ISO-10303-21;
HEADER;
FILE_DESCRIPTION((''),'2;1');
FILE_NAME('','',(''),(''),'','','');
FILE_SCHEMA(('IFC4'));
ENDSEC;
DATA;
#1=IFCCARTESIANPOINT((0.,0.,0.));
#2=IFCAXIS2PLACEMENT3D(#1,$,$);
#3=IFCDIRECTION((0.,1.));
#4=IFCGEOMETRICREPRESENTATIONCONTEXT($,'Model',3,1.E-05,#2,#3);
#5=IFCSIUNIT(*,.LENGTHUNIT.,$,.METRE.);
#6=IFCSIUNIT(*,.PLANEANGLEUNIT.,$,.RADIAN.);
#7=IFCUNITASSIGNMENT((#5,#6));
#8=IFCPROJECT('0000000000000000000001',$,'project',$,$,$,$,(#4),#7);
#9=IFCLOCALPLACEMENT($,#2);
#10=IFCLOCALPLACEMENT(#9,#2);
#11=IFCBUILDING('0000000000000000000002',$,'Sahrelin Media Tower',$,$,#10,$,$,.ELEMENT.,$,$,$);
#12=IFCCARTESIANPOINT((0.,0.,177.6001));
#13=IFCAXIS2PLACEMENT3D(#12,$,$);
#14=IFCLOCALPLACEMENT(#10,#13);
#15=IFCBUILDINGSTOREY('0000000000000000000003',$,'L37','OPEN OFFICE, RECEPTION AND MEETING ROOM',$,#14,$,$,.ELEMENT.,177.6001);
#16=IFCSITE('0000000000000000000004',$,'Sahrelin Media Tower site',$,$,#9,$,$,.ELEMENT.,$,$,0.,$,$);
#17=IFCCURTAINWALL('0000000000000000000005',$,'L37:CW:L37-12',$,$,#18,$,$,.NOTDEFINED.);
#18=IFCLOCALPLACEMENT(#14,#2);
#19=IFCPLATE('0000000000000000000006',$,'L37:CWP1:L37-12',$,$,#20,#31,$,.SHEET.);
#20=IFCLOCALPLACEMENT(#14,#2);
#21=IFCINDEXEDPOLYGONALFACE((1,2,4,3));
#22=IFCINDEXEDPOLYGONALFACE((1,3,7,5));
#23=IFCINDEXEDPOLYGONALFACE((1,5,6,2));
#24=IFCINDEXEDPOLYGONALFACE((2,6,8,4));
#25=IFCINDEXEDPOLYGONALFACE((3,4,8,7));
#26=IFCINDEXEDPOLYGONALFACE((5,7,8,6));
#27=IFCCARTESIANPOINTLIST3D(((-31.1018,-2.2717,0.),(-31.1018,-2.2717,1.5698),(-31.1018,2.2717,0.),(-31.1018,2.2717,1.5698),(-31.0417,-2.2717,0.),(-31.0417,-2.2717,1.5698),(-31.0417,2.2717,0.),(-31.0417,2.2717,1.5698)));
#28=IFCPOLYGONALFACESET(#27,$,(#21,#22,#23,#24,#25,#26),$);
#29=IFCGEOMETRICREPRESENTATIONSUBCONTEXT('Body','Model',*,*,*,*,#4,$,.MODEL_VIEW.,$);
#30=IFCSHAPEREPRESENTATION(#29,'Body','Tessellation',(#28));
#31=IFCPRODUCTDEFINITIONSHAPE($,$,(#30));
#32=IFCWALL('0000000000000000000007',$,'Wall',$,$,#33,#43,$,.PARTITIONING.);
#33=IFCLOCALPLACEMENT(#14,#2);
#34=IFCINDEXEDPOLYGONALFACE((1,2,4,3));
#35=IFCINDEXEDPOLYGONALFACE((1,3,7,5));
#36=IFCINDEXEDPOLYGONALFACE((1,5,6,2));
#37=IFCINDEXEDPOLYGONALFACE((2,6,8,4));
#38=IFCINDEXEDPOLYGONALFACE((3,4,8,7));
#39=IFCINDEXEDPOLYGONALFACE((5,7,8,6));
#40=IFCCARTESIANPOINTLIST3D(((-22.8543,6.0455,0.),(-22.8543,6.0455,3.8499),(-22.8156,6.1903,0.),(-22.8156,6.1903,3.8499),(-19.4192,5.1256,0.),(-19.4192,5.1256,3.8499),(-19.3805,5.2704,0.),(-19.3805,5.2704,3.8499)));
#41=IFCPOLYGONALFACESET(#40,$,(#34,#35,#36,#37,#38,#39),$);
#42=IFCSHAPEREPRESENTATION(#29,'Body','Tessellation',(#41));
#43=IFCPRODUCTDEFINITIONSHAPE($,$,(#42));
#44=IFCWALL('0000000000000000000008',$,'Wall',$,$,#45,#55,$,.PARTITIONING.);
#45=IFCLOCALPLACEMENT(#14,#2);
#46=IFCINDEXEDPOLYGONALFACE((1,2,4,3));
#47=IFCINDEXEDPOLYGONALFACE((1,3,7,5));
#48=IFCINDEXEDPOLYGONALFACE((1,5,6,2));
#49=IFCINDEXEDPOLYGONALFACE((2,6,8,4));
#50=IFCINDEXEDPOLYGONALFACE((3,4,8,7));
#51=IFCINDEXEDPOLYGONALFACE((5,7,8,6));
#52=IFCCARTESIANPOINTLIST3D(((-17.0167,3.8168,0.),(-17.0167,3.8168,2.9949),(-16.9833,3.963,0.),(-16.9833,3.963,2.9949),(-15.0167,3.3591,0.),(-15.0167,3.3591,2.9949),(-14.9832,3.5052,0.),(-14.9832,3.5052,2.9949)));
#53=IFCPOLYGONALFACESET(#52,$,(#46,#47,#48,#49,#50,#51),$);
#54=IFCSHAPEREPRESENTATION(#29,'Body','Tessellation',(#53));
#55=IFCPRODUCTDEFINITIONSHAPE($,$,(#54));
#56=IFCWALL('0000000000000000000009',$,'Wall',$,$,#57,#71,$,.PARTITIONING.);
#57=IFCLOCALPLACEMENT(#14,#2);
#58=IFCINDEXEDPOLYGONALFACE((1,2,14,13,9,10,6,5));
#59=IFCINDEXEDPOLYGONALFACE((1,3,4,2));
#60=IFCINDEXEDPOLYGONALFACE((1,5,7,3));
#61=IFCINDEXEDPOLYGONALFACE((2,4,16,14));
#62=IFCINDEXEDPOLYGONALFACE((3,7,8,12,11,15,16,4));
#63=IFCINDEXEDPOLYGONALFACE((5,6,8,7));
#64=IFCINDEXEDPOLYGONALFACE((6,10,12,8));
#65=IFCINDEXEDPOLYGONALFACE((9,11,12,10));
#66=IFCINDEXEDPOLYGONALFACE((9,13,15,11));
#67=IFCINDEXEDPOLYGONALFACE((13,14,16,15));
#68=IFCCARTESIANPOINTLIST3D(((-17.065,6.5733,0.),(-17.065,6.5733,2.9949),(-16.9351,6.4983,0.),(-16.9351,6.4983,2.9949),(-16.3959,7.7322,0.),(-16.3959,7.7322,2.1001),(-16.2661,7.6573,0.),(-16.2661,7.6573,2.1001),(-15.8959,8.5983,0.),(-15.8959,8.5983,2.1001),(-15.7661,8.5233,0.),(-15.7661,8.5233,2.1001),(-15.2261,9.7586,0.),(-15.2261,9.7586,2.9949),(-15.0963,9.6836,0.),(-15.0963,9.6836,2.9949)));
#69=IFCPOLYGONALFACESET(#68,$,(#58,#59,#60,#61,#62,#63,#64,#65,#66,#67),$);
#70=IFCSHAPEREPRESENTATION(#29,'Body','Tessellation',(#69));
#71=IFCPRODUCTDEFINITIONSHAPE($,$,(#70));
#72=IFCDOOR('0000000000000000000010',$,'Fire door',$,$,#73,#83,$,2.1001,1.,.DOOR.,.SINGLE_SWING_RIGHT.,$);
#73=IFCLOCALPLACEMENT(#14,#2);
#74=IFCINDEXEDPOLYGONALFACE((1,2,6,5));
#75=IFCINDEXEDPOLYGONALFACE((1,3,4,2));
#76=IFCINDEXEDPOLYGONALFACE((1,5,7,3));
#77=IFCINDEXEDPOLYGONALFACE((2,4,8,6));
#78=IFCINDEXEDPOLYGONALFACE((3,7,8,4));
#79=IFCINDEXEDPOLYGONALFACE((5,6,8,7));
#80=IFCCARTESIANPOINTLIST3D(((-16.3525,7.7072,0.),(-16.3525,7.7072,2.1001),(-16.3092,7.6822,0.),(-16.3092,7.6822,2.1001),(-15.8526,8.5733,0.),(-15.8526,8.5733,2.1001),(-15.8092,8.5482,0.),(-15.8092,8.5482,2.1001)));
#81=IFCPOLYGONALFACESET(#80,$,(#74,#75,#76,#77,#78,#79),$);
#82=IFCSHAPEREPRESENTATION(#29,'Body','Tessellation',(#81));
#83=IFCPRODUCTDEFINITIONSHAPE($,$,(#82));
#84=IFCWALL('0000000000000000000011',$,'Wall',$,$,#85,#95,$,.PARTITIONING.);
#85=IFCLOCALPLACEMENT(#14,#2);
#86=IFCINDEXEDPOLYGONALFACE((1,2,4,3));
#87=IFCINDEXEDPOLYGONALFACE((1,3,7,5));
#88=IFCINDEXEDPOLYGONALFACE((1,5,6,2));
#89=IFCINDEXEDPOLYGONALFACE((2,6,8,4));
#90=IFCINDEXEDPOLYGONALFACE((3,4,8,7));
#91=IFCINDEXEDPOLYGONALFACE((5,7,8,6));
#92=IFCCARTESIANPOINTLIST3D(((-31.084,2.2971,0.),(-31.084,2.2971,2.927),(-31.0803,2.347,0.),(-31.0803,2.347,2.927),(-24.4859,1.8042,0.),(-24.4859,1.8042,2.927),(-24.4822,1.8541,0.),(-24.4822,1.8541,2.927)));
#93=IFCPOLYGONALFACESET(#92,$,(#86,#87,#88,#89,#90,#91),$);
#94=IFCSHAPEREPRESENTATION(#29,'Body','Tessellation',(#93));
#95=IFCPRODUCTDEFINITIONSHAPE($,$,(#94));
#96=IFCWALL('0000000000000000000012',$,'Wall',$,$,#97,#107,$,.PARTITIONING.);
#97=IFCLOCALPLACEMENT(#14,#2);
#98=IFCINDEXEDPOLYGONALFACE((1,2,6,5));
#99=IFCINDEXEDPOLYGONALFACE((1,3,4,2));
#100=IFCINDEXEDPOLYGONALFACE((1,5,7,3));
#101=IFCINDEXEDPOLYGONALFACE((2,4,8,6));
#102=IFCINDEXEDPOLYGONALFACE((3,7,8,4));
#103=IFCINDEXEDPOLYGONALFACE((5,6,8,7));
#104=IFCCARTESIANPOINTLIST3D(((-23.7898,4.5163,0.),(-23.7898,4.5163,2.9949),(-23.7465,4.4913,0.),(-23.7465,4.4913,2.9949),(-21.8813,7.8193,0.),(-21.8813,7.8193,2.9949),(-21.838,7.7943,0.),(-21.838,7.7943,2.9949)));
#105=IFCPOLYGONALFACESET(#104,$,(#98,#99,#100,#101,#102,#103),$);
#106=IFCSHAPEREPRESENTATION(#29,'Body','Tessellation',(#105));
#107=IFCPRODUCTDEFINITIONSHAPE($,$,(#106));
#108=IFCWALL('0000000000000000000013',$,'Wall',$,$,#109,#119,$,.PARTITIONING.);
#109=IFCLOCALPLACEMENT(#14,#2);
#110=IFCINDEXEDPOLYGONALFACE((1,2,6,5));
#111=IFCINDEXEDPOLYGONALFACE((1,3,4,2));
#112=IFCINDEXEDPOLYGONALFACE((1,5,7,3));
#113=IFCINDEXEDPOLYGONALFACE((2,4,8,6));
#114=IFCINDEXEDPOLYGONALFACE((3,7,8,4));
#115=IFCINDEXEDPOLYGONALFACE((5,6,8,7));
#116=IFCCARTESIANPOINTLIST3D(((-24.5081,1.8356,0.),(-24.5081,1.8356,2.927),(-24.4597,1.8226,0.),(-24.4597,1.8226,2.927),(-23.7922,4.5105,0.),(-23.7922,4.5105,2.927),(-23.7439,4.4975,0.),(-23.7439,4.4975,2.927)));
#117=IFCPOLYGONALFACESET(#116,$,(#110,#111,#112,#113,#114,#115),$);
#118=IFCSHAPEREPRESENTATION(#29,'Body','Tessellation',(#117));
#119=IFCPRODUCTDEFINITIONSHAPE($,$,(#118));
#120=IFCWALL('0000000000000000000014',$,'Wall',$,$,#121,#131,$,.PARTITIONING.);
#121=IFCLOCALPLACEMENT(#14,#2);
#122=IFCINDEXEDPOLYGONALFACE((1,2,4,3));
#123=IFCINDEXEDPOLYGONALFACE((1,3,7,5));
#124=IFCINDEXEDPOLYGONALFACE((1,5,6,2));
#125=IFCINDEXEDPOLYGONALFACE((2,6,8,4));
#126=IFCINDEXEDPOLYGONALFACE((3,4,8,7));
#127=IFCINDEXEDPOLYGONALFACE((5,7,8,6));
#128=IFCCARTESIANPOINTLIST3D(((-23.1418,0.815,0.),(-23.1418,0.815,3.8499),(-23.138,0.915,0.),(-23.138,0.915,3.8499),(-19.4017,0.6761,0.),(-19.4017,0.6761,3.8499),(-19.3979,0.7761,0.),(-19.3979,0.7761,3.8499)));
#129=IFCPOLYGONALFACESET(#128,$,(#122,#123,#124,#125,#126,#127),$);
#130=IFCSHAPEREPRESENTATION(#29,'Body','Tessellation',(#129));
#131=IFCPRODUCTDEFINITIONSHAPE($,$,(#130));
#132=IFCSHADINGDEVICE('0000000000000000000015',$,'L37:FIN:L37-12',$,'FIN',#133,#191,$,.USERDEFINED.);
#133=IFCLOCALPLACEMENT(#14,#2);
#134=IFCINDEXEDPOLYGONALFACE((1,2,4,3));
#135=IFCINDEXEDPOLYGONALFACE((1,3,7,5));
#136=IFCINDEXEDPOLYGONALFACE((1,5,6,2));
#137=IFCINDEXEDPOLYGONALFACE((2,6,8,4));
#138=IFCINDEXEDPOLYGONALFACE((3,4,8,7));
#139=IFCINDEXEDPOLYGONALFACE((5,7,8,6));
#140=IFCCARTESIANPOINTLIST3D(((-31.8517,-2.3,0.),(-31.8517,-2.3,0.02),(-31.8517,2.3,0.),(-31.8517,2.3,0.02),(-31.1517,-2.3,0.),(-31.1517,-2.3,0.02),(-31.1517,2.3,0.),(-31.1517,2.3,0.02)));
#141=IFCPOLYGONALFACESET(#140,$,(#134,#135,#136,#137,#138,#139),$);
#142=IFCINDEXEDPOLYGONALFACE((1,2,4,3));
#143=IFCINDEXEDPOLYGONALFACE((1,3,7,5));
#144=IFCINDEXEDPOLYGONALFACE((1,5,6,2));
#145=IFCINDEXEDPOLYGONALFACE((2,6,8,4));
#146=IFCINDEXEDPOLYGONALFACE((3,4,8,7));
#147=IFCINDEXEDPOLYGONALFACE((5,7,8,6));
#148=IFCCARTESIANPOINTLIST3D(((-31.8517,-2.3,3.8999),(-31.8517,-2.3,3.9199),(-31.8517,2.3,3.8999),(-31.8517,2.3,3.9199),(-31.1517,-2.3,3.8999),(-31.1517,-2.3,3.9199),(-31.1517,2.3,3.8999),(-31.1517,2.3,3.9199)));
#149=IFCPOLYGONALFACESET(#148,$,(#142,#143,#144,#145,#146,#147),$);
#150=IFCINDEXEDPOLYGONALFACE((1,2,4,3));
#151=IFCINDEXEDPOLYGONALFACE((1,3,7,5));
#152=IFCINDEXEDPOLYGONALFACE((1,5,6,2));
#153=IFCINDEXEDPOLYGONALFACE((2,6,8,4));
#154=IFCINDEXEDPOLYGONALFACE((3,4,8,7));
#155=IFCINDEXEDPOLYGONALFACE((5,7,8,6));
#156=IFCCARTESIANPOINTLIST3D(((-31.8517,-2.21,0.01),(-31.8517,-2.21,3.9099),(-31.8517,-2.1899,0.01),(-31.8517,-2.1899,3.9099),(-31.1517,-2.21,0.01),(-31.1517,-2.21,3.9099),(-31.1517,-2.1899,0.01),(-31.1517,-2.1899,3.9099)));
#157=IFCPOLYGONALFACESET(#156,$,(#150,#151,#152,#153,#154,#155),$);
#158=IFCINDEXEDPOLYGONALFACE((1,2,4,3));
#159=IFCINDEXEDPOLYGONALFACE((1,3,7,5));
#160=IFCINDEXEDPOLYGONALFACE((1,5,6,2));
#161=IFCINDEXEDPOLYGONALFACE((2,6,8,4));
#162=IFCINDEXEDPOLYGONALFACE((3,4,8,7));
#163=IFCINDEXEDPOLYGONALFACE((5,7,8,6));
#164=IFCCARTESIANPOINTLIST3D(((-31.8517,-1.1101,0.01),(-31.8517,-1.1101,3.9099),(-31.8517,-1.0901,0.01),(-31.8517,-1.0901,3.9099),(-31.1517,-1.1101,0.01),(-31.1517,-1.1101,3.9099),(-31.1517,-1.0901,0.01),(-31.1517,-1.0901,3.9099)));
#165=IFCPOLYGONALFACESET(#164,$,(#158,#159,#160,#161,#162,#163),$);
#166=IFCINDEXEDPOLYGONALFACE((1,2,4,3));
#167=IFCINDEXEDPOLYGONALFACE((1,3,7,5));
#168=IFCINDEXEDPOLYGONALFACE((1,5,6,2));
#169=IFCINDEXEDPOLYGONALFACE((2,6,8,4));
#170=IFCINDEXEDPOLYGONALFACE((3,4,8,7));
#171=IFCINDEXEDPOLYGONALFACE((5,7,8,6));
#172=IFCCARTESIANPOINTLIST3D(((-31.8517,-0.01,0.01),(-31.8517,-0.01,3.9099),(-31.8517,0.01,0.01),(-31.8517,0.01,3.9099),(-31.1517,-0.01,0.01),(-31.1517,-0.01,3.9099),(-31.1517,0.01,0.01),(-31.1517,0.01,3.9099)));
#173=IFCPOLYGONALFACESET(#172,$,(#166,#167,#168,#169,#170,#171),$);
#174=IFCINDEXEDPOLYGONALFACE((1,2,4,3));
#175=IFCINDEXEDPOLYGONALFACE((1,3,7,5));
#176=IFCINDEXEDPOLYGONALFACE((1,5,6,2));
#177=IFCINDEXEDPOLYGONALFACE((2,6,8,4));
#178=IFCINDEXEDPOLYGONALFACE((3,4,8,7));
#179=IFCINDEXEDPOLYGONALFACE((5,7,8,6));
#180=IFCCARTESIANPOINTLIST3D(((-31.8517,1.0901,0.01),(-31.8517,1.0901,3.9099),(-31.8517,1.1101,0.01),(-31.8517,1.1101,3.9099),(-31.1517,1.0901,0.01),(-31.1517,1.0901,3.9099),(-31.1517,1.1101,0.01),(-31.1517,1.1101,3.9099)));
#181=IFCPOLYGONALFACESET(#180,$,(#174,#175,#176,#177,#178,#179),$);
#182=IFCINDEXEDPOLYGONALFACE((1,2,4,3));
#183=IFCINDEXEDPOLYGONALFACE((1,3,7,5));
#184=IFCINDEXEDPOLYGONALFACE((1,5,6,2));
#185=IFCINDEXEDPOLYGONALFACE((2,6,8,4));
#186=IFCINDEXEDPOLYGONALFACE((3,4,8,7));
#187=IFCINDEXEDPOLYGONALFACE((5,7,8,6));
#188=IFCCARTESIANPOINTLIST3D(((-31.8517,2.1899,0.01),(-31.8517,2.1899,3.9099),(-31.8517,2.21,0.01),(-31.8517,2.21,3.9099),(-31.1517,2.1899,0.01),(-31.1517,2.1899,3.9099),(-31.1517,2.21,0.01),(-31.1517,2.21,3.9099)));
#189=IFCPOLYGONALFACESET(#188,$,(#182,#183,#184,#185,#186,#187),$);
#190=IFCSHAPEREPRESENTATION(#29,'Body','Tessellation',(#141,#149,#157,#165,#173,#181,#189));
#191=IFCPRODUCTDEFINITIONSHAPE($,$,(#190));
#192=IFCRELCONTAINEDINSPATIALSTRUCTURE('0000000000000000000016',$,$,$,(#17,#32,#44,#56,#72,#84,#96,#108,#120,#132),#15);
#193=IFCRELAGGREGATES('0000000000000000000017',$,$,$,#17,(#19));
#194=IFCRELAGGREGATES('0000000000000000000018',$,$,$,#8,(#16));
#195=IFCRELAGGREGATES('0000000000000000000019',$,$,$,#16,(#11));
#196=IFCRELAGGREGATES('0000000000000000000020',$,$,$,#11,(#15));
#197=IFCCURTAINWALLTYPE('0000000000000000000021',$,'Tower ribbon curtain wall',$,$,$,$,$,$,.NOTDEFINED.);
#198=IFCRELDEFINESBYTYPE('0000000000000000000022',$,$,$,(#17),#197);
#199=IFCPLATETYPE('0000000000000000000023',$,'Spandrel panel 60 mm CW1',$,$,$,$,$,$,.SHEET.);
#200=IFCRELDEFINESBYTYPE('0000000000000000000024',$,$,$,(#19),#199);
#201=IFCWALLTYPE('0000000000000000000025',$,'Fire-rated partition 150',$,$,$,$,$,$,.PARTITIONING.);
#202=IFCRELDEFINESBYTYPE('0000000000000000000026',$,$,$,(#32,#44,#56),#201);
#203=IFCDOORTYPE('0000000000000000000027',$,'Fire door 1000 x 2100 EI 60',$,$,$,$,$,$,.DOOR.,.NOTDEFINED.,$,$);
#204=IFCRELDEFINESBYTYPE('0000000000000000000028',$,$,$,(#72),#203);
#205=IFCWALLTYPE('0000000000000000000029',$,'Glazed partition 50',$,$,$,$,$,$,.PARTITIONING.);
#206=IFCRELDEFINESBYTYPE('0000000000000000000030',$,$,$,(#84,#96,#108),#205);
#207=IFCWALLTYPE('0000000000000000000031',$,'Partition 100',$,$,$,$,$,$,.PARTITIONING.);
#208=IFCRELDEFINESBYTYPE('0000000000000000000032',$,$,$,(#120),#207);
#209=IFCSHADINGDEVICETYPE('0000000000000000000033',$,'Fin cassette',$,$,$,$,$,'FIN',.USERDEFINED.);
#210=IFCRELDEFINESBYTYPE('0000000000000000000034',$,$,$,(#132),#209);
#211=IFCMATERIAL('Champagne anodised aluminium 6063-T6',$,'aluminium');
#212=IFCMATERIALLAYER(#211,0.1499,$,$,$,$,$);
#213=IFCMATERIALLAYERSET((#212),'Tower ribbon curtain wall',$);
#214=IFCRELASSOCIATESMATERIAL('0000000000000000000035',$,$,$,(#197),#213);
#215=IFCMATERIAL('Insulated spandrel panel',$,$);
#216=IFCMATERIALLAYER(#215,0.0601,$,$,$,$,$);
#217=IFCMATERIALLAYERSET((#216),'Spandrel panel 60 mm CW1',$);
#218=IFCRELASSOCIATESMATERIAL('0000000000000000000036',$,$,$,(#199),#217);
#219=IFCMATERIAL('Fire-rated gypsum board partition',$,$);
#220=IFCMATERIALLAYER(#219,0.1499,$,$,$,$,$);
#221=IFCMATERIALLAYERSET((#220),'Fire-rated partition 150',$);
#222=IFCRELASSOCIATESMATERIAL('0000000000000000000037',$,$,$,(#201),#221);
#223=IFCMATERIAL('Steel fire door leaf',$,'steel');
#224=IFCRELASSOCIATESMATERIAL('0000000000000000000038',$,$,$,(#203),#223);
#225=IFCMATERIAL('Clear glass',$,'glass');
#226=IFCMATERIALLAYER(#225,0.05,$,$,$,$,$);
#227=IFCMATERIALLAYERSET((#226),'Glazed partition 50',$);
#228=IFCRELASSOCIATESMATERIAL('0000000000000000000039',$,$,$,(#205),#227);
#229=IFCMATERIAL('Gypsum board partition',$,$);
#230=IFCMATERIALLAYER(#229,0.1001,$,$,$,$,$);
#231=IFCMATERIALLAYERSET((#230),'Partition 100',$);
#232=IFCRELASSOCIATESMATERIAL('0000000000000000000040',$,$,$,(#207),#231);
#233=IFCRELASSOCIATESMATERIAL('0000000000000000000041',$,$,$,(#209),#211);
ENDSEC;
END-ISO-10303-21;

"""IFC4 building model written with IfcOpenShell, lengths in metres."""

from ifc_helpers import new_model, si_unit, direction, frame, frame_2d, origin, origin_2d, place, context, subcontext, project, spatial, polyline, rectangle, outline, extrude, material, layer, layer_set, type_object, element, fill, aggregate, save


model = new_model("IFC4")

# Units and contexts
model_context = context("Model", 3, precision=1e-05, world=origin(), true_north=direction((0.0, 1.0)))
body_context = subcontext(model_context, "Body", "Model", "MODEL_VIEW")
ifc_project = project(units=[si_unit("LENGTHUNIT", "METRE"), si_unit("PLANEANGLEUNIT", "RADIAN")], contexts=[model_context])

# Site, building, storey
site_placement = place(None, origin())
site = spatial("IfcSite", under=ifc_project, at=site_placement, Name="Sahrelin Media Tower site", CompositionType="ELEMENT", RefElevation=0.0)
building_placement = place(site_placement, origin())
building = spatial("IfcBuilding", under=site, at=building_placement, Name="Sahrelin Media Tower", CompositionType="ELEMENT")
storey_placement = place(building_placement, frame((0.0, 0.0, 177.6001)))
storey = spatial("IfcBuildingStorey", under=building, at=storey_placement, Name="L37", Description="OPEN OFFICE, RECEPTION AND MEETING ROOM", CompositionType="ELEMENT", Elevation=177.6001)

# Curtain wall
ifc_material_1 = material(Name="Champagne anodised aluminium 6063-T6", Category="aluminium")
ifc_layer_1 = layer(ifc_material_1, 0.1499)
ifc_layer_set_1 = layer_set([ifc_layer_1], Name="Tower ribbon curtain wall")
curtain_wall_type = type_object("IfcCurtainWallType", Name="Tower ribbon curtain wall", PredefinedType="NOTDEFINED", material=ifc_layer_set_1)
curtain_wall_placement = place(storey_placement, frame((-31.0818, 0.0, 0.0), z_axis=(0.0, 0.0, 1.0), x_axis=(1.0, 0.0, 0.0)))
curtain_wall = element("IfcCurtainWall", 1, at=curtain_wall_placement, inside=storey, type_object=curtain_wall_type, Name="L37:CW:L37-12", PredefinedType="NOTDEFINED")

# Plate
ifc_material_2 = material(Name="Insulated spandrel panel")
ifc_layer_2 = layer(ifc_material_2, 0.0601)
ifc_layer_set_2 = layer_set([ifc_layer_2], Name="Spandrel panel 60 mm CW1")
plate_type_1 = type_object("IfcPlateType", Name="Spandrel panel 60 mm CW1", PredefinedType="SHEET", material=ifc_layer_set_2)
plate_1_placement = place(storey_placement, frame((-31.1018, 2.2717, 0.0), z_axis=(-1.0, 0.0, 0.0), x_axis=(0.0, -1.0, 0.0)))
plate_1 = element("IfcPlate", 2, at=plate_1_placement, type_object=plate_type_1, Name="L37:CWP1:L37-12", PredefinedType="SHEET", context=body_context, shape_type="SweptSolid", body=[
    extrude(outline(polyline([(0.0, 0.0), (4.5435, 0.0), (4.5435, 1.5698), (0.0, 1.5698), (0.0, 0.0)])), origin(), (0.0, 0.0, -1.0), 0.0601),
])
aggregate(curtain_wall, [plate_1])

# Walls
ifc_material_3 = material(Name="Fire-rated gypsum board partition")
ifc_layer_3 = layer(ifc_material_3, 0.1499)
ifc_layer_set_3 = layer_set([ifc_layer_3], Name="Fire-rated partition 150")
wall_type_1 = type_object("IfcWallType", Name="Fire-rated partition 150", PredefinedType="PARTITIONING", material=ifc_layer_set_3)
wall_1_placement = place(storey_placement, frame((-22.835, 6.1179, 0.0), z_axis=(0.0, 0.0, 1.0), x_axis=(0.965961, -0.258688, 0.0)))
element("IfcWall", 3, at=wall_1_placement, inside=storey, type_object=wall_type_1, Name="Wall", PredefinedType="PARTITIONING", context=body_context, shape_type="SweptSolid", body=[
    extrude(rectangle(XDim=3.5562, YDim=0.1499, at=frame_2d((1.7781, 0.0))), origin(), (0.0, 0.0, 1.0), 3.8499),
])
wall_2_placement = place(storey_placement, frame((-17.0, 3.8899, 0.0), z_axis=(0.0, 0.0, 1.0), x_axis=(0.974793, -0.223112, 0.0)))
element("IfcWall", 4, at=wall_2_placement, inside=storey, type_object=wall_type_1, Name="Wall", PredefinedType="PARTITIONING", context=body_context, shape_type="SweptSolid", body=[
    extrude(rectangle(XDim=2.0518, YDim=0.1499, at=frame_2d((1.0259, 0.0))), origin(), (0.0, 0.0, 1.0), 2.9949),
])

# Wall, opening, door
wall_3_placement = place(storey_placement, frame((-17.0, 6.5359, 0.0), z_axis=(0.0, 0.0, 1.0), x_axis=(0.499966, 0.866045, 0.0)))
wall_3 = element("IfcWall", 5, at=wall_3_placement, inside=storey, type_object=wall_type_1, Name="Wall", PredefinedType="PARTITIONING", context=body_context, shape_type="SweptSolid", body=[
    extrude(rectangle(XDim=3.678, YDim=0.1499, at=frame_2d((1.8389, 0.0))), origin(), (0.0, 0.0, 1.0), 2.9949),
])
opening_placement = place(wall_3_placement, frame((1.3381, 0.0, 0.0)))
opening = element("IfcOpeningElement", 6, at=opening_placement, cuts=wall_3, PredefinedType="OPENING", context=body_context, shape_type="SweptSolid", body=[
    extrude(rectangle(XDim=1.0, YDim=2.1001, at=frame_2d((0.5, 1.05))), frame((0.0, 0.075, 0.0), z_axis=(0.0, -1.0, 0.0), x_axis=(1.0, 0.0, 0.0)), (0.0, 0.0, 1.0), 0.1499),
])
ifc_material_4 = material(Name="Steel fire door leaf", Category="steel")
door_type = type_object("IfcDoorType", Name="Fire door 1000 x 2100 EI 60", OperationType="NOTDEFINED", PredefinedType="DOOR", material=ifc_material_4)
door_placement = place(opening_placement, origin())
door = element("IfcDoor", 7, at=door_placement, inside=storey, type_object=door_type, Name="Fire door", OperationType="SINGLE_SWING_RIGHT", OverallHeight=2.1001, OverallWidth=1.0, PredefinedType="DOOR", context=body_context, shape_type="SweptSolid", body=[
    extrude(rectangle(XDim=1.0, YDim=2.1001, at=frame_2d((0.5, 1.05))), frame((0.0, 0.0249, 0.0), z_axis=(0.0, -1.0, 0.0), x_axis=(1.0, 0.0, 0.0)), (0.0, 0.0, 1.0), 0.05),
])
fill(opening, door)

# Walls
ifc_material_5 = material(Name="Clear glass", Category="glass")
ifc_layer_4 = layer(ifc_material_5, 0.05)
ifc_layer_set_4 = layer_set([ifc_layer_4], Name="Glazed partition 50")
wall_type_2 = type_object("IfcWallType", Name="Glazed partition 50", PredefinedType="PARTITIONING", material=ifc_layer_set_4)
wall_4_placement = place(storey_placement, frame((-31.082, 2.322, 0.0), z_axis=(0.0, 0.0, 1.0), x_axis=(0.997221, -0.074498, 0.0)))
element("IfcWall", 8, at=wall_4_placement, inside=storey, type_object=wall_type_2, Name="Wall", PredefinedType="PARTITIONING", context=body_context, shape_type="SweptSolid", body=[
    extrude(rectangle(XDim=6.6165, YDim=0.05, at=frame_2d((3.3081, 0.0))), origin(), (0.0, 0.0, 1.0), 2.927),
])
wall_5_placement = place(storey_placement, frame((-23.7681, 4.5039, 0.0), z_axis=(0.0, 0.0, 1.0), x_axis=(0.500289, 0.865858, 0.0)))
element("IfcWall", 9, at=wall_5_placement, inside=storey, type_object=wall_type_2, Name="Wall", PredefinedType="PARTITIONING", context=body_context, shape_type="SweptSolid", body=[
    extrude(rectangle(XDim=3.8147, YDim=0.05, at=frame_2d((1.9072, 0.0))), origin(), (0.0, 0.0, 1.0), 2.9949),
])
wall_6_placement = place(storey_placement, frame((-24.4839, 1.8291, 0.0), z_axis=(0.0, 0.0, 1.0), x_axis=(0.258519, 0.966006, 0.0)))
element("IfcWall", 10, at=wall_6_placement, inside=storey, type_object=wall_type_2, Name="Wall", PredefinedType="PARTITIONING", context=body_context, shape_type="SweptSolid", body=[
    extrude(rectangle(XDim=2.769, YDim=0.05, at=frame_2d((1.3845, 0.0))), origin(), (0.0, 0.0, 1.0), 2.927),
])
ifc_material_6 = material(Name="Gypsum board partition")
ifc_layer_5 = layer(ifc_material_6, 0.1001)
ifc_layer_set_5 = layer_set([ifc_layer_5], Name="Partition 100")
wall_type_3 = type_object("IfcWallType", Name="Partition 100", PredefinedType="PARTITIONING", material=ifc_layer_set_5)
wall_7_placement = place(storey_placement, frame((-23.1399, 0.865, 0.0), z_axis=(0.0, 0.0, 1.0), x_axis=(0.999311, -0.037118, 0.0)))
element("IfcWall", 11, at=wall_7_placement, inside=storey, type_object=wall_type_3, Name="Wall", PredefinedType="PARTITIONING", context=body_context, shape_type="SweptSolid", body=[
    extrude(rectangle(XDim=3.7427, YDim=0.1001, at=frame_2d((1.8713, 0.0))), origin(), (0.0, 0.0, 1.0), 3.8499),
])

# Shading device
shading_device_type_1 = type_object("IfcShadingDeviceType", Name="Fin cassette", ElementType="FIN", PredefinedType="USERDEFINED", material=ifc_material_1)
placement = place(storey_placement, frame((-31.0818, 0.0, 0.0), z_axis=(0.0, 0.0, 1.0), x_axis=(0.0, 1.0, 0.0)))
element("IfcShadingDevice", 12, at=placement, inside=storey, type_object=shading_device_type_1, Name="L37:FIN:L37-12", ObjectType="FIN", PredefinedType="USERDEFINED", context=body_context, shape_type="SweptSolid", body=[
    extrude(rectangle(XDim=4.6001, YDim=0.7, at=origin_2d()), frame((0.0, 0.4199, 0.0)), (0.0, 0.0, 1.0), 0.02),
    extrude(rectangle(XDim=4.6001, YDim=0.7, at=origin_2d()), frame((0.0, 0.4199, 3.8999)), (0.0, 0.0, 1.0), 0.02),
    extrude(rectangle(XDim=0.02, YDim=0.7, at=origin_2d()), frame((-2.2, 0.4199, 0.01), z_axis=(0.0, 0.0, 1.0), x_axis=(1.0, 0.0, 0.0)), (0.0, 0.0, 1.0), 3.8999),
    extrude(rectangle(XDim=0.02, YDim=0.7, at=origin_2d()), frame((-1.1001, 0.4199, 0.01), z_axis=(0.0, 0.0, 1.0), x_axis=(1.0, 0.0, 0.0)), (0.0, 0.0, 1.0), 3.8999),
    extrude(rectangle(XDim=0.02, YDim=0.7, at=origin_2d()), frame((0.0, 0.4199, 0.01), z_axis=(0.0, 0.0, 1.0), x_axis=(1.0, 0.0, 0.0)), (0.0, 0.0, 1.0), 3.8999),
    extrude(rectangle(XDim=0.02, YDim=0.7, at=origin_2d()), frame((1.1001, 0.4199, 0.01), z_axis=(0.0, 0.0, 1.0), x_axis=(1.0, 0.0, 0.0)), (0.0, 0.0, 1.0), 3.8999),
    extrude(rectangle(XDim=0.02, YDim=0.7, at=origin_2d()), frame((2.2, 0.4199, 0.01), z_axis=(0.0, 0.0, 1.0), x_axis=(1.0, 0.0, 0.0)), (0.0, 0.0, 1.0), 3.8999),
])

save(model, "model.ifc")
